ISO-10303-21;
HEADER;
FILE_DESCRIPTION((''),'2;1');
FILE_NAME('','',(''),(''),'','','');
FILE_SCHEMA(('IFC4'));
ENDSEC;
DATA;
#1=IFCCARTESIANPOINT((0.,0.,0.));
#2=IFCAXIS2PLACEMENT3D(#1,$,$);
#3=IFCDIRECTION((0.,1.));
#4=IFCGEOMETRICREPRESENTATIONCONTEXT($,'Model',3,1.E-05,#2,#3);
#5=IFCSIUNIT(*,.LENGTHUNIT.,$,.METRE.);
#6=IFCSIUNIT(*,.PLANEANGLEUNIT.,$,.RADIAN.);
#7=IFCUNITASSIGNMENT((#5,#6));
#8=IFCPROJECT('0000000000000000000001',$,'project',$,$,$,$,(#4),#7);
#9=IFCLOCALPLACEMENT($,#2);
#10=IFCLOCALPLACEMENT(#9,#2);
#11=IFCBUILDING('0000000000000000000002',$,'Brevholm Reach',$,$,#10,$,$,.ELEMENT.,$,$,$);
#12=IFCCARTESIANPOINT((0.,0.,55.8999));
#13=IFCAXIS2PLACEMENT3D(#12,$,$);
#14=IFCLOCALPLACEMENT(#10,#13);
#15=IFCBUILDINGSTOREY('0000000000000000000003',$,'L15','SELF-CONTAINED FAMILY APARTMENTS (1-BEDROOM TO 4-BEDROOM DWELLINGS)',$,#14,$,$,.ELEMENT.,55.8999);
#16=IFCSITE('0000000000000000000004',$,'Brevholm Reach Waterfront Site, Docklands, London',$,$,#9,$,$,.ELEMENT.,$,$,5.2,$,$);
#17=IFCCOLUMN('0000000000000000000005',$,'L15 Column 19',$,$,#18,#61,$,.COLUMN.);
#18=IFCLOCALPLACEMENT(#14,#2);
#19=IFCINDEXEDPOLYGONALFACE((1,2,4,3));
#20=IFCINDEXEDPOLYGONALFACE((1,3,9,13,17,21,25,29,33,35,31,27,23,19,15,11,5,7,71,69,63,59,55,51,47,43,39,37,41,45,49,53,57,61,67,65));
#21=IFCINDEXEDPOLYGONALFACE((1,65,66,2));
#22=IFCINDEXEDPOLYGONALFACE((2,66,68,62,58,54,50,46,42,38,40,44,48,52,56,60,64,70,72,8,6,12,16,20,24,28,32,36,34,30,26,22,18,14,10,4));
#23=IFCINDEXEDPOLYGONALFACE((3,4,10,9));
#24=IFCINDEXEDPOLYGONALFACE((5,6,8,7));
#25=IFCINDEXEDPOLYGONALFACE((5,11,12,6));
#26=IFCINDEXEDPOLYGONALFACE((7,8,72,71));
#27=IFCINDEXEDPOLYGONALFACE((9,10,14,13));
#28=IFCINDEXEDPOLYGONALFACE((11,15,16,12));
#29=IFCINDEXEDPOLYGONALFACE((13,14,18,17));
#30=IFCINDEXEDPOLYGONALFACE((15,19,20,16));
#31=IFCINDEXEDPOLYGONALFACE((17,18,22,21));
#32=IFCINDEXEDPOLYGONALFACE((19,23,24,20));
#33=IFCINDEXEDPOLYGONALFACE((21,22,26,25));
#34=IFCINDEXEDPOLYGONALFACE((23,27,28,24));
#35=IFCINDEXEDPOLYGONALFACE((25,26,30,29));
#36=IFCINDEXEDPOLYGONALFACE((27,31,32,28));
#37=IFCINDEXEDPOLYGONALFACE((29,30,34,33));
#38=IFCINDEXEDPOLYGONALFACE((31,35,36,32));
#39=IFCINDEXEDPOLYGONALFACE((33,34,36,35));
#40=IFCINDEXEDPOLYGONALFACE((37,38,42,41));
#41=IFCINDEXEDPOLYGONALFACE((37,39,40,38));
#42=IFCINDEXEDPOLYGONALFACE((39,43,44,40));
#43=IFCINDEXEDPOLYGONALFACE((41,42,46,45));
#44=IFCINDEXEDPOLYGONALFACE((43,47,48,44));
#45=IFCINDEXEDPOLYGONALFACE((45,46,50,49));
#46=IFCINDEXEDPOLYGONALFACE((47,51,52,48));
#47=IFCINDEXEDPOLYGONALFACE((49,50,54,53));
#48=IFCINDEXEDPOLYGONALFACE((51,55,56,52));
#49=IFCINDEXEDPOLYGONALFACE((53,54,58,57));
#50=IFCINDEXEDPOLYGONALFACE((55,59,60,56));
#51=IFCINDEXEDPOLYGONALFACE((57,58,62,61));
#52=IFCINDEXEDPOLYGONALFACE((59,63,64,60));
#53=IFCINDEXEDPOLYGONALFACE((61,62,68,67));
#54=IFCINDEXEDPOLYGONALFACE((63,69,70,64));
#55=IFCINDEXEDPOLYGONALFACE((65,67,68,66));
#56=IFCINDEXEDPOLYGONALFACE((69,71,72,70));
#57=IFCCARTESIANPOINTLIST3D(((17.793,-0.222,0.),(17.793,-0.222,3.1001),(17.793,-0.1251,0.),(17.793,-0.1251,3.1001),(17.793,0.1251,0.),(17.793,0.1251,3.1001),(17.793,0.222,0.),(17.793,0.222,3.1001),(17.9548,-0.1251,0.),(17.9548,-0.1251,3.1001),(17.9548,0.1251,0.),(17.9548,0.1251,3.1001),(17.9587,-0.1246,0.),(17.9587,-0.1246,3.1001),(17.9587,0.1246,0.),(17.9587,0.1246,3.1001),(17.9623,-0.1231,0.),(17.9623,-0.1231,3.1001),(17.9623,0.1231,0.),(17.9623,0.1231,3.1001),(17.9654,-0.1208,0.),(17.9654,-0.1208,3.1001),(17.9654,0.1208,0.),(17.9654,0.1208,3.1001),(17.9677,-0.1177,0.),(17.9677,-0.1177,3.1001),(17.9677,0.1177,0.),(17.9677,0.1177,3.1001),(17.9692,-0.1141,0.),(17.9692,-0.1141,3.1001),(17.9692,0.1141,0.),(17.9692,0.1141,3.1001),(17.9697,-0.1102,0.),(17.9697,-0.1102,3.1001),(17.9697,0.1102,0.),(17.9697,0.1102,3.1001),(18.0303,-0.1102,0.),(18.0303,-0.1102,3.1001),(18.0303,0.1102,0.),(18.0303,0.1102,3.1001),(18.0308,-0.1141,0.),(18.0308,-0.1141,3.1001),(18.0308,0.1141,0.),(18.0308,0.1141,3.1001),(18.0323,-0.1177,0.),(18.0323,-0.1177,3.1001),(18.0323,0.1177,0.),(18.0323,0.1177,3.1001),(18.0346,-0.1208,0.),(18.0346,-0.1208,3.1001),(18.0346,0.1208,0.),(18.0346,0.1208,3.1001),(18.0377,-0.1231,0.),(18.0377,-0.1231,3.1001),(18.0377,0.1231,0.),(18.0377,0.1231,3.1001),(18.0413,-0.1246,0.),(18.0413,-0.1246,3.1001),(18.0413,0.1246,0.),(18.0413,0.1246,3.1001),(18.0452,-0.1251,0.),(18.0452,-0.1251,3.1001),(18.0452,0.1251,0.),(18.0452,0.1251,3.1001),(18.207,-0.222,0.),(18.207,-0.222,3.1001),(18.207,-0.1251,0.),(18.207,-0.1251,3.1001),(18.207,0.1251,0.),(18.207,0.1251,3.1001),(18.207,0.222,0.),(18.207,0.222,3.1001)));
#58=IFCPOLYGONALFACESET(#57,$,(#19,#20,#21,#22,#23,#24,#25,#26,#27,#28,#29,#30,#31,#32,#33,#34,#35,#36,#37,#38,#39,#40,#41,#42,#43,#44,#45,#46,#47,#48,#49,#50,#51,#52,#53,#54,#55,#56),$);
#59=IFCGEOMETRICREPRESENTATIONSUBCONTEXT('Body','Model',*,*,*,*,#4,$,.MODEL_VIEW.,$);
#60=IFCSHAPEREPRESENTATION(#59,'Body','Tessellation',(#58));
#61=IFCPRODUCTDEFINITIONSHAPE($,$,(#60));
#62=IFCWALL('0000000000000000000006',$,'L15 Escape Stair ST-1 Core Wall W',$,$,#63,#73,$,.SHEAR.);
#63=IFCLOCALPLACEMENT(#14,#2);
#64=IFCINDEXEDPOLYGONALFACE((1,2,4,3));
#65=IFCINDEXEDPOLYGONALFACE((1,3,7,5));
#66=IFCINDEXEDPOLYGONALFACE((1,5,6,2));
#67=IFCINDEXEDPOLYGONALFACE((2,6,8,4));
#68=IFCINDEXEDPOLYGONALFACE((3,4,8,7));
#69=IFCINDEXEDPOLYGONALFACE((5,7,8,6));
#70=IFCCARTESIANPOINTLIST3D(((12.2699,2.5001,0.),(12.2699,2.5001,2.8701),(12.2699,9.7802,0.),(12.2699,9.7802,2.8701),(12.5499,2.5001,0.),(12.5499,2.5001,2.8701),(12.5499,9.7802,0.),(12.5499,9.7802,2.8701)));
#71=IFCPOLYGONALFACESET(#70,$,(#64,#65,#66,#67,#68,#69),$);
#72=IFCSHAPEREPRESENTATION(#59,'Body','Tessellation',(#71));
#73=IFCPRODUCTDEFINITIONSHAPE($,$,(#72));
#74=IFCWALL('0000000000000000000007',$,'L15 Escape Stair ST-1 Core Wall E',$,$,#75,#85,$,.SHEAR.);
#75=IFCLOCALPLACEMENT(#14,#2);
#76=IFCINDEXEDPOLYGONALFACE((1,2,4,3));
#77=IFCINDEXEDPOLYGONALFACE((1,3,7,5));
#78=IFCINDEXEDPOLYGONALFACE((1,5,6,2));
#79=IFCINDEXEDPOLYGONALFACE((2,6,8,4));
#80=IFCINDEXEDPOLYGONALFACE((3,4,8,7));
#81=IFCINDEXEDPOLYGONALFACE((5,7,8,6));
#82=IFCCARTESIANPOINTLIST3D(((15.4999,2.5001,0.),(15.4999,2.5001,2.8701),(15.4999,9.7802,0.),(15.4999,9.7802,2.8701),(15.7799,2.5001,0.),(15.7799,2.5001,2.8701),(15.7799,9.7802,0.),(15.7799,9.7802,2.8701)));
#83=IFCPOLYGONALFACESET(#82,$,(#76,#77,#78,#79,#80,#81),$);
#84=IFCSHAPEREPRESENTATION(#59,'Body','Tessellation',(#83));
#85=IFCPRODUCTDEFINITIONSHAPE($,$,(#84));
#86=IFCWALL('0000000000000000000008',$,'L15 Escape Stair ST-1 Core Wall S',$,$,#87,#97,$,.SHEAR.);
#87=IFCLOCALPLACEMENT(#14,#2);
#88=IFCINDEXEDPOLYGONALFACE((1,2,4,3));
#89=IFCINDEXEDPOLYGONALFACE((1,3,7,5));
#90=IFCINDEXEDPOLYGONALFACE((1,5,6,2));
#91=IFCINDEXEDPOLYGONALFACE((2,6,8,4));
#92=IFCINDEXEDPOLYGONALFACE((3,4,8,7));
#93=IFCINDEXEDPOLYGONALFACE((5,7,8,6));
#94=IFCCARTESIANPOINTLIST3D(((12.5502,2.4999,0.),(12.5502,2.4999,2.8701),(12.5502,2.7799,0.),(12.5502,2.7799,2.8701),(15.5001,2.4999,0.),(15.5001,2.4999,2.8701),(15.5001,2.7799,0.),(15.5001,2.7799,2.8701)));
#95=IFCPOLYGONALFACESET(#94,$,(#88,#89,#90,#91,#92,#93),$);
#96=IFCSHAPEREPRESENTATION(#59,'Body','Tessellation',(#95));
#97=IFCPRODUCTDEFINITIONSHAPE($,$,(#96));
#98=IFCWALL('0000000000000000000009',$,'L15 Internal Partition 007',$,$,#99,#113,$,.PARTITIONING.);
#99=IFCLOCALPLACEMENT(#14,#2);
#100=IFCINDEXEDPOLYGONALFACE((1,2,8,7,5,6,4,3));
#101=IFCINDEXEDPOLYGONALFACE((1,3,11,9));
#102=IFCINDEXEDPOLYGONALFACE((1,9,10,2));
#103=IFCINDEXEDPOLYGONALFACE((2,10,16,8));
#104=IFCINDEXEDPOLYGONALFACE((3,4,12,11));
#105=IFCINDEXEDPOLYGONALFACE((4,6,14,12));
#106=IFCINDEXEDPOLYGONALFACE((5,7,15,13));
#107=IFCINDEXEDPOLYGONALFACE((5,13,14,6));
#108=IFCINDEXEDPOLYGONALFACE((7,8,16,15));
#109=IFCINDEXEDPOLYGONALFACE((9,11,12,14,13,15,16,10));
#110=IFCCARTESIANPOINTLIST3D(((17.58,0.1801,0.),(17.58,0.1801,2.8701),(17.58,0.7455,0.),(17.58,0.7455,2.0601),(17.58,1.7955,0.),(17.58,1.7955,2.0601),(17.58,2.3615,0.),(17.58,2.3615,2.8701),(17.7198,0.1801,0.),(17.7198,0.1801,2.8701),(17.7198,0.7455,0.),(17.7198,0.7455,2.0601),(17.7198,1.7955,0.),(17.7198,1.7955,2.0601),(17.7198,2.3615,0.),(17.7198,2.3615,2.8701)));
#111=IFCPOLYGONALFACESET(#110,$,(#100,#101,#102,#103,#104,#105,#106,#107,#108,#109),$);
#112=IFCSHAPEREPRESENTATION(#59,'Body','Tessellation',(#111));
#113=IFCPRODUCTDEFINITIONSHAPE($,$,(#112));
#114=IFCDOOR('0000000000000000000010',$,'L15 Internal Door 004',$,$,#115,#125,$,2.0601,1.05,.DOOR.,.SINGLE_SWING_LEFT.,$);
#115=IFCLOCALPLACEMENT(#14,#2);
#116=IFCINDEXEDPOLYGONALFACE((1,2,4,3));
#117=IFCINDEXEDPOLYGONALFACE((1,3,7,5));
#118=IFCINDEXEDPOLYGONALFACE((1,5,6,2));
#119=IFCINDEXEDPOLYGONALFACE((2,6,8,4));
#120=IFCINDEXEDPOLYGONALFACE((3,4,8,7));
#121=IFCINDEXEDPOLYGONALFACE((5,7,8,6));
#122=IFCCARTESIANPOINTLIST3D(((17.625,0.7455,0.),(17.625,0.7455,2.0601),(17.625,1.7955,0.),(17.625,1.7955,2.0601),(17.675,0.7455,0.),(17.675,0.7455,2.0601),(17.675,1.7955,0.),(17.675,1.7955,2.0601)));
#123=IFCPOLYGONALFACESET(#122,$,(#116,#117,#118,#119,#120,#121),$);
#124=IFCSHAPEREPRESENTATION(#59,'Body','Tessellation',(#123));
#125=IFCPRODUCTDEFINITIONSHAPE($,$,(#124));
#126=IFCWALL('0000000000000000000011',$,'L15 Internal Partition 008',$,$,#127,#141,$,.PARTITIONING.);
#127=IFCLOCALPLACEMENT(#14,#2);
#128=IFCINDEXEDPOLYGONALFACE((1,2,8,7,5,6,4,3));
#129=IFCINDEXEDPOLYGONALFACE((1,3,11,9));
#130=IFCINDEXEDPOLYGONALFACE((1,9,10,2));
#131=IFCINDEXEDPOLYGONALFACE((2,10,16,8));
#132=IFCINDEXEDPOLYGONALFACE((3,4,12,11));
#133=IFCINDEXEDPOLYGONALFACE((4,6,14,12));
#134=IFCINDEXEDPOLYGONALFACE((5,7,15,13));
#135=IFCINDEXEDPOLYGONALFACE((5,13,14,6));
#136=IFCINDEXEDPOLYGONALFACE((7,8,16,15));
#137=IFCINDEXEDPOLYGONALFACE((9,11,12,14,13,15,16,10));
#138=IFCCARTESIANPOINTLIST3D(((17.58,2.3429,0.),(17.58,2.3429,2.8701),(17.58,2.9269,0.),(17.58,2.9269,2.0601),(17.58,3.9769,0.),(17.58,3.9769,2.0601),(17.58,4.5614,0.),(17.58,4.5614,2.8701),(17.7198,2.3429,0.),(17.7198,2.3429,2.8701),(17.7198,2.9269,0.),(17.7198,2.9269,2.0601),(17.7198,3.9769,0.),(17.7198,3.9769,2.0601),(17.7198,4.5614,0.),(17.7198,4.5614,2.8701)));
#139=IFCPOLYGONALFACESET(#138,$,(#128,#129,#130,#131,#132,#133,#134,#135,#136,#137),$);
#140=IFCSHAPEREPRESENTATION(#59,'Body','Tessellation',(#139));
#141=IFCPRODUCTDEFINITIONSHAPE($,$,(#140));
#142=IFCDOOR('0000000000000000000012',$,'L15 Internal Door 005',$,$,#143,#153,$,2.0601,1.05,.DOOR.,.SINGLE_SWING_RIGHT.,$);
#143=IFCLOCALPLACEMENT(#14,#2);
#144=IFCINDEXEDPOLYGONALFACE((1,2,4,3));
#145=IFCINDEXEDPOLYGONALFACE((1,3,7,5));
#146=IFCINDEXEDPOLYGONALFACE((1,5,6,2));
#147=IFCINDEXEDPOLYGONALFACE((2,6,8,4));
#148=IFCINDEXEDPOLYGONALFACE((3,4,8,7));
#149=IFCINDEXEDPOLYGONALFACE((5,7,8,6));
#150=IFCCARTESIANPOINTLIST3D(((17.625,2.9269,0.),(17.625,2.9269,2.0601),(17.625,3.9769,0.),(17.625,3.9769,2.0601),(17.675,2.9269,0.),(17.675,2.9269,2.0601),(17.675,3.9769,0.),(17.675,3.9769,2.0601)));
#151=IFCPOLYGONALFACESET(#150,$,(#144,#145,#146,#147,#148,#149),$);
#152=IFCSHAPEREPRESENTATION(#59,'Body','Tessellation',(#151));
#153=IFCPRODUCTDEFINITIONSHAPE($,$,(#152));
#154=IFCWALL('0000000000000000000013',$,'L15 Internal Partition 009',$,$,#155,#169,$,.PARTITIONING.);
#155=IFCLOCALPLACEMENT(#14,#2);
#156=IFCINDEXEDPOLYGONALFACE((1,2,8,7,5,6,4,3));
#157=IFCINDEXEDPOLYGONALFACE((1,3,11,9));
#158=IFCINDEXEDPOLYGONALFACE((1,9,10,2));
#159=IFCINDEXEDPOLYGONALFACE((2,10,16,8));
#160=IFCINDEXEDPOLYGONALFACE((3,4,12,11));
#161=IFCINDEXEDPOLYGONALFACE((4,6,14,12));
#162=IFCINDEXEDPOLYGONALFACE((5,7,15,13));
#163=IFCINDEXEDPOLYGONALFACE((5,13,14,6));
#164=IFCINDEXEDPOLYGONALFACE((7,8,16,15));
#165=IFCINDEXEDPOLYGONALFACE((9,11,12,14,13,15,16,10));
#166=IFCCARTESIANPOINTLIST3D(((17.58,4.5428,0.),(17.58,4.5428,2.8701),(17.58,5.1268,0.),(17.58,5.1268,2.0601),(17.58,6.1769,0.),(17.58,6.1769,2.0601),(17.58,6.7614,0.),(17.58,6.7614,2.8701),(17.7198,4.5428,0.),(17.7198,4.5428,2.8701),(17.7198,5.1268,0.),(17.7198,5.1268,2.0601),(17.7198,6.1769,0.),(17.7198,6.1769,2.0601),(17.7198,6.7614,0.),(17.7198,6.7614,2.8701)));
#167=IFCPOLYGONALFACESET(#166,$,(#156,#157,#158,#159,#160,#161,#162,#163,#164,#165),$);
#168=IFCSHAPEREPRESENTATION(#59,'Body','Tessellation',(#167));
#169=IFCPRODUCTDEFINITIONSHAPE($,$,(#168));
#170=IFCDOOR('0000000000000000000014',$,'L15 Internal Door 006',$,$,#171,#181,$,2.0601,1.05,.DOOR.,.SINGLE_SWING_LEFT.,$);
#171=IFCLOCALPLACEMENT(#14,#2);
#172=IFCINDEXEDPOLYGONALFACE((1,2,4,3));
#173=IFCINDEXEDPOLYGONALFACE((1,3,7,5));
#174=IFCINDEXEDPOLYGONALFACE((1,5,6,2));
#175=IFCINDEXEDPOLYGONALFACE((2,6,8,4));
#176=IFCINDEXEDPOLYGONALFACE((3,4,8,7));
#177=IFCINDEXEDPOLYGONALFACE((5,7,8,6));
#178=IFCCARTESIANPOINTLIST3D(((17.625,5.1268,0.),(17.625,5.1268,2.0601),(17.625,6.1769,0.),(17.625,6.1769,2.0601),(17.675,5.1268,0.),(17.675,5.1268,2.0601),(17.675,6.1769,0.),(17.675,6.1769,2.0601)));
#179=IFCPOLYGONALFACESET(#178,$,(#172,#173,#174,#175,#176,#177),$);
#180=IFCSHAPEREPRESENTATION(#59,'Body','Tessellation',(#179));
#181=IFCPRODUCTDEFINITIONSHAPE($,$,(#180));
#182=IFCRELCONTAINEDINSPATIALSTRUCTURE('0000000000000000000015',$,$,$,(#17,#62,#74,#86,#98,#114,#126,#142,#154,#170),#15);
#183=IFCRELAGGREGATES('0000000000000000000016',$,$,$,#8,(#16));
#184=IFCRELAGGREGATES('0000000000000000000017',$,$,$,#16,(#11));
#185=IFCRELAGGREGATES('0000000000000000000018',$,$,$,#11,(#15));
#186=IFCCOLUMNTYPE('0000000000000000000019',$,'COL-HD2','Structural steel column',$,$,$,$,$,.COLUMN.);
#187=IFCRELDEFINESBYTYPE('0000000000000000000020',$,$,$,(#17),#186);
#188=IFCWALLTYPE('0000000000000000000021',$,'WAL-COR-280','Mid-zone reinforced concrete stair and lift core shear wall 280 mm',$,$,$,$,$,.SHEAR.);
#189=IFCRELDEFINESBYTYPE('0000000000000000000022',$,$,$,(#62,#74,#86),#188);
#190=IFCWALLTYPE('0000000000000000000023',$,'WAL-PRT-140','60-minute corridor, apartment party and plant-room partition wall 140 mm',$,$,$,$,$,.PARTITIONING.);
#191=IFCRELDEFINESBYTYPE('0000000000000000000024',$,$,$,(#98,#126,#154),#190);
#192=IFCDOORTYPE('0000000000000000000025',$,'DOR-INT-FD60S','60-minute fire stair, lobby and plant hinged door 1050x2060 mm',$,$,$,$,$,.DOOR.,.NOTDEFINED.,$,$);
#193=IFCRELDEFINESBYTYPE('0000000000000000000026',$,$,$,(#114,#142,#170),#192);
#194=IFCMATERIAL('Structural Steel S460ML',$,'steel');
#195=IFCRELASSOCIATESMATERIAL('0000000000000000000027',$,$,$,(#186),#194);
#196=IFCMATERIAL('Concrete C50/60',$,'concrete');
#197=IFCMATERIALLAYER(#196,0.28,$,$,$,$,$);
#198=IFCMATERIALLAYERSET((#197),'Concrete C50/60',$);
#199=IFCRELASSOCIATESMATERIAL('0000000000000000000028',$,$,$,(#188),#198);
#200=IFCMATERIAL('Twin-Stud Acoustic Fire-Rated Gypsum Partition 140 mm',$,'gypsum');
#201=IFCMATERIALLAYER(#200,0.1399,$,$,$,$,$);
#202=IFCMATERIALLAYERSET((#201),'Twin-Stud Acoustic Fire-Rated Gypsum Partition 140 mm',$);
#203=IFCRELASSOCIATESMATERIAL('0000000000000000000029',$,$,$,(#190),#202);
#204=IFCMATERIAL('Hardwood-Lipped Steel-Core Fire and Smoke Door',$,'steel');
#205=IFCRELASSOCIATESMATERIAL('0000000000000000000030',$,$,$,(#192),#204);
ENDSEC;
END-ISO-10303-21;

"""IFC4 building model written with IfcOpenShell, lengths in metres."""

from ifc_helpers import new_model, si_unit, direction, frame, frame_2d, origin, origin_2d, place, context, subcontext, project, spatial, rectangle, i_section, extrude, material, layer, layer_set, material_profile, profile_set, type_object, element, fill, save


model = new_model("IFC4")

# Units and contexts
model_context = context("Model", 3, precision=1e-05, world=origin(), true_north=direction((0.0, 1.0)))
body_context = subcontext(model_context, "Body", "Model", "MODEL_VIEW")
ifc_project = project(units=[si_unit("LENGTHUNIT", "METRE"), si_unit("PLANEANGLEUNIT", "RADIAN")], contexts=[model_context])

# Site, building, storey
site_placement = place(None, origin())
site = spatial("IfcSite", under=ifc_project, at=site_placement, Name="Brevholm Reach Waterfront Site, Docklands, London", CompositionType="ELEMENT", RefElevation=5.2)
building_placement = place(site_placement, origin())
building = spatial("IfcBuilding", under=site, at=building_placement, Name="Brevholm Reach", CompositionType="ELEMENT")
storey_placement = place(building_placement, frame((0.0, 0.0, 55.8999)))
storey = spatial("IfcBuildingStorey", under=building, at=storey_placement, Name="L15", Description="SELF-CONTAINED FAMILY APARTMENTS (1-BEDROOM TO 4-BEDROOM DWELLINGS)", CompositionType="ELEMENT", Elevation=55.8999)

# Column
ifc_material_1 = material(Name="Structural Steel S460ML", Category="steel")
ifc_material_profile = material_profile(ifc_material_1, i_section(OverallWidth=0.4141, OverallDepth=0.4441, WebThickness=0.0605, FlangeThickness=0.0969, FilletRadius=0.0149, at=origin_2d()), Name="HD 400x818")
ifc_profile_set = profile_set([ifc_material_profile], Name="Structural Steel S460ML")
column_type = type_object("IfcColumnType", Name="COL-HD2", Description="Structural steel column", PredefinedType="COLUMN", material=ifc_profile_set)
column_placement = place(storey_placement, frame((18.0, 0.0, 0.0), z_axis=(0.0, 0.0, 1.0), x_axis=(1.0, 0.0, 0.0)))
element("IfcColumn", 1, at=column_placement, inside=storey, type_object=column_type, Name="L15 Column 19", PredefinedType="COLUMN", context=body_context, shape_type="SweptSolid", body=[
    extrude(i_section(OverallWidth=0.4141, OverallDepth=0.4441, WebThickness=0.0605, FlangeThickness=0.0969, FilletRadius=0.0149, at=origin_2d()), origin(), (0.0, 0.0, 1.0), 3.1001),
])

# Walls
ifc_material_2 = material(Name="Concrete C50/60", Category="concrete")
ifc_layer_1 = layer(ifc_material_2, 0.28)
ifc_layer_set_1 = layer_set([ifc_layer_1], Name="Concrete C50/60")
wall_type_1 = type_object("IfcWallType", Name="WAL-COR-280", Description="Mid-zone reinforced concrete stair and lift core shear wall 280 mm", PredefinedType="SHEAR", material=ifc_layer_set_1)
for number, where, z_axis, x_axis, name in (
    (2, (12.4099, 2.5, 0.0), (0.0, 0.0, 1.0), (0.0, 1.0, 0.0), "L15 Escape Stair ST-1 Core Wall W"),
    (3, (15.6399, 2.5, 0.0), (0.0, 0.0, 1.0), (0.0, 1.0, 0.0), "L15 Escape Stair ST-1 Core Wall E"),
):
    element("IfcWall", number, at=place(storey_placement, frame(where, z_axis=z_axis, x_axis=x_axis)), inside=storey, type_object=wall_type_1, Name=name, PredefinedType="SHEAR", context=body_context, shape_type="SweptSolid", body=[
        extrude(rectangle(XDim=7.28, YDim=0.28, at=frame_2d((3.6401, 0.0))), origin(), (0.0, 0.0, 1.0), 2.8701),
    ])
wall_1_placement = place(storey_placement, frame((12.55, 2.6399, 0.0), z_axis=(0.0, 0.0, 1.0), x_axis=(1.0, 0.0, 0.0)))
element("IfcWall", 4, at=wall_1_placement, inside=storey, type_object=wall_type_1, Name="L15 Escape Stair ST-1 Core Wall S", PredefinedType="SHEAR", context=body_context, shape_type="SweptSolid", body=[
    extrude(rectangle(XDim=2.95, YDim=0.28, at=frame_2d((1.4751, 0.0))), origin(), (0.0, 0.0, 1.0), 2.8701),
])

# Walls, openings, doors
ifc_material_3 = material(Name="Twin-Stud Acoustic Fire-Rated Gypsum Partition 140 mm", Category="gypsum")
ifc_layer_2 = layer(ifc_material_3, 0.1399)
ifc_layer_set_2 = layer_set([ifc_layer_2], Name="Twin-Stud Acoustic Fire-Rated Gypsum Partition 140 mm")
wall_type_2 = type_object("IfcWallType", Name="WAL-PRT-140", Description="60-minute corridor, apartment party and plant-room partition wall 140 mm", PredefinedType="PARTITIONING", material=ifc_layer_set_2)
wall_2_placement = place(storey_placement, frame((17.6499, 0.1799, 0.0), z_axis=(0.0, 0.0, 1.0), x_axis=(0.0, 1.0, 0.0)))
wall_2 = element("IfcWall", 5, at=wall_2_placement, inside=storey, type_object=wall_type_2, Name="L15 Internal Partition 007", PredefinedType="PARTITIONING", context=body_context, shape_type="SweptSolid", body=[
    extrude(rectangle(XDim=2.1814, YDim=0.1399, at=frame_2d((1.0908, 0.0))), origin(), (0.0, 0.0, 1.0), 2.8701),
])
opening_1_placement = place(wall_2_placement, frame((0.5657, 0.0, 0.0)))
opening_1 = element("IfcOpeningElement", 6, at=opening_1_placement, cuts=wall_2, PredefinedType="OPENING", context=body_context, shape_type="SweptSolid", body=[
    extrude(rectangle(XDim=1.05, YDim=2.0601, at=frame_2d((0.5249, 1.03))), frame((0.0, 0.0798, 0.0), z_axis=(0.0, -1.0, 0.0), x_axis=(1.0, 0.0, 0.0)), (0.0, 0.0, 1.0), 0.1599),
])
ifc_material_4 = material(Name="Hardwood-Lipped Steel-Core Fire and Smoke Door", Category="steel")
door_type = type_object("IfcDoorType", Name="DOR-INT-FD60S", Description="60-minute fire stair, lobby and plant hinged door 1050x2060 mm", OperationType="NOTDEFINED", PredefinedType="DOOR", material=ifc_material_4)
door_1_placement = place(opening_1_placement, origin())
door_1 = element("IfcDoor", 7, at=door_1_placement, inside=storey, type_object=door_type, Name="L15 Internal Door 004", OperationType="SINGLE_SWING_LEFT", OverallHeight=2.0601, OverallWidth=1.05, PredefinedType="DOOR", context=body_context, shape_type="SweptSolid", body=[
    extrude(rectangle(XDim=1.05, YDim=2.0601, at=frame_2d((0.5249, 1.03))), frame((0.0, 0.0249, 0.0), z_axis=(0.0, -1.0, 0.0), x_axis=(1.0, 0.0, 0.0)), (0.0, 0.0, 1.0), 0.05),
])
fill(opening_1, door_1)
wall_3_placement = place(storey_placement, frame((17.6499, 2.3428, 0.0), z_axis=(0.0, 0.0, 1.0), x_axis=(0.0, 1.0, 0.0)))
wall_3 = element("IfcWall", 8, at=wall_3_placement, inside=storey, type_object=wall_type_2, Name="L15 Internal Partition 008", PredefinedType="PARTITIONING", context=body_context, shape_type="SweptSolid", body=[
    extrude(rectangle(XDim=2.2185, YDim=0.1399, at=frame_2d((1.1094, 0.0))), origin(), (0.0, 0.0, 1.0), 2.8701),
])
opening_2_placement = place(wall_3_placement, frame((0.5842, 0.0, 0.0)))
opening_2 = element("IfcOpeningElement", 9, at=opening_2_placement, cuts=wall_3, PredefinedType="OPENING", context=body_context, shape_type="SweptSolid", body=[
    extrude(rectangle(XDim=1.05, YDim=2.0601, at=frame_2d((0.5249, 1.03))), frame((0.0, 0.0798, 0.0), z_axis=(0.0, -1.0, 0.0), x_axis=(1.0, 0.0, 0.0)), (0.0, 0.0, 1.0), 0.1599),
])
door_2_placement = place(opening_2_placement, origin())
door_2 = element("IfcDoor", 10, at=door_2_placement, inside=storey, type_object=door_type, Name="L15 Internal Door 005", OperationType="SINGLE_SWING_RIGHT", OverallHeight=2.0601, OverallWidth=1.05, PredefinedType="DOOR", context=body_context, shape_type="SweptSolid", body=[
    extrude(rectangle(XDim=1.05, YDim=2.0601, at=frame_2d((0.5249, 1.03))), frame((0.0, 0.0249, 0.0), z_axis=(0.0, -1.0, 0.0), x_axis=(1.0, 0.0, 0.0)), (0.0, 0.0, 1.0), 0.05),
])
fill(opening_2, door_2)
wall_4_placement = place(storey_placement, frame((17.6499, 4.5427, 0.0), z_axis=(0.0, 0.0, 1.0), x_axis=(0.0, 1.0, 0.0)))
wall_4 = element("IfcWall", 11, at=wall_4_placement, inside=storey, type_object=wall_type_2, Name="L15 Internal Partition 009", PredefinedType="PARTITIONING", context=body_context, shape_type="SweptSolid", body=[
    extrude(rectangle(XDim=2.2185, YDim=0.1399, at=frame_2d((1.1094, 0.0))), origin(), (0.0, 0.0, 1.0), 2.8701),
])
opening_3_placement = place(wall_4_placement, frame((0.5842, 0.0, 0.0)))
opening_3 = element("IfcOpeningElement", 12, at=opening_3_placement, cuts=wall_4, PredefinedType="OPENING", context=body_context, shape_type="SweptSolid", body=[
    extrude(rectangle(XDim=1.05, YDim=2.0601, at=frame_2d((0.5249, 1.03))), frame((0.0, 0.0798, 0.0), z_axis=(0.0, -1.0, 0.0), x_axis=(1.0, 0.0, 0.0)), (0.0, 0.0, 1.0), 0.1599),
])
door_3_placement = place(opening_3_placement, origin())
door_3 = element("IfcDoor", 13, at=door_3_placement, inside=storey, type_object=door_type, Name="L15 Internal Door 006", OperationType="SINGLE_SWING_LEFT", OverallHeight=2.0601, OverallWidth=1.05, PredefinedType="DOOR", context=body_context, shape_type="SweptSolid", body=[
    extrude(rectangle(XDim=1.05, YDim=2.0601, at=frame_2d((0.5249, 1.03))), frame((0.0, 0.0249, 0.0), z_axis=(0.0, -1.0, 0.0), x_axis=(1.0, 0.0, 0.0)), (0.0, 0.0, 1.0), 0.05),
])
fill(opening_3, door_3)

save(model, "model.ifc")
